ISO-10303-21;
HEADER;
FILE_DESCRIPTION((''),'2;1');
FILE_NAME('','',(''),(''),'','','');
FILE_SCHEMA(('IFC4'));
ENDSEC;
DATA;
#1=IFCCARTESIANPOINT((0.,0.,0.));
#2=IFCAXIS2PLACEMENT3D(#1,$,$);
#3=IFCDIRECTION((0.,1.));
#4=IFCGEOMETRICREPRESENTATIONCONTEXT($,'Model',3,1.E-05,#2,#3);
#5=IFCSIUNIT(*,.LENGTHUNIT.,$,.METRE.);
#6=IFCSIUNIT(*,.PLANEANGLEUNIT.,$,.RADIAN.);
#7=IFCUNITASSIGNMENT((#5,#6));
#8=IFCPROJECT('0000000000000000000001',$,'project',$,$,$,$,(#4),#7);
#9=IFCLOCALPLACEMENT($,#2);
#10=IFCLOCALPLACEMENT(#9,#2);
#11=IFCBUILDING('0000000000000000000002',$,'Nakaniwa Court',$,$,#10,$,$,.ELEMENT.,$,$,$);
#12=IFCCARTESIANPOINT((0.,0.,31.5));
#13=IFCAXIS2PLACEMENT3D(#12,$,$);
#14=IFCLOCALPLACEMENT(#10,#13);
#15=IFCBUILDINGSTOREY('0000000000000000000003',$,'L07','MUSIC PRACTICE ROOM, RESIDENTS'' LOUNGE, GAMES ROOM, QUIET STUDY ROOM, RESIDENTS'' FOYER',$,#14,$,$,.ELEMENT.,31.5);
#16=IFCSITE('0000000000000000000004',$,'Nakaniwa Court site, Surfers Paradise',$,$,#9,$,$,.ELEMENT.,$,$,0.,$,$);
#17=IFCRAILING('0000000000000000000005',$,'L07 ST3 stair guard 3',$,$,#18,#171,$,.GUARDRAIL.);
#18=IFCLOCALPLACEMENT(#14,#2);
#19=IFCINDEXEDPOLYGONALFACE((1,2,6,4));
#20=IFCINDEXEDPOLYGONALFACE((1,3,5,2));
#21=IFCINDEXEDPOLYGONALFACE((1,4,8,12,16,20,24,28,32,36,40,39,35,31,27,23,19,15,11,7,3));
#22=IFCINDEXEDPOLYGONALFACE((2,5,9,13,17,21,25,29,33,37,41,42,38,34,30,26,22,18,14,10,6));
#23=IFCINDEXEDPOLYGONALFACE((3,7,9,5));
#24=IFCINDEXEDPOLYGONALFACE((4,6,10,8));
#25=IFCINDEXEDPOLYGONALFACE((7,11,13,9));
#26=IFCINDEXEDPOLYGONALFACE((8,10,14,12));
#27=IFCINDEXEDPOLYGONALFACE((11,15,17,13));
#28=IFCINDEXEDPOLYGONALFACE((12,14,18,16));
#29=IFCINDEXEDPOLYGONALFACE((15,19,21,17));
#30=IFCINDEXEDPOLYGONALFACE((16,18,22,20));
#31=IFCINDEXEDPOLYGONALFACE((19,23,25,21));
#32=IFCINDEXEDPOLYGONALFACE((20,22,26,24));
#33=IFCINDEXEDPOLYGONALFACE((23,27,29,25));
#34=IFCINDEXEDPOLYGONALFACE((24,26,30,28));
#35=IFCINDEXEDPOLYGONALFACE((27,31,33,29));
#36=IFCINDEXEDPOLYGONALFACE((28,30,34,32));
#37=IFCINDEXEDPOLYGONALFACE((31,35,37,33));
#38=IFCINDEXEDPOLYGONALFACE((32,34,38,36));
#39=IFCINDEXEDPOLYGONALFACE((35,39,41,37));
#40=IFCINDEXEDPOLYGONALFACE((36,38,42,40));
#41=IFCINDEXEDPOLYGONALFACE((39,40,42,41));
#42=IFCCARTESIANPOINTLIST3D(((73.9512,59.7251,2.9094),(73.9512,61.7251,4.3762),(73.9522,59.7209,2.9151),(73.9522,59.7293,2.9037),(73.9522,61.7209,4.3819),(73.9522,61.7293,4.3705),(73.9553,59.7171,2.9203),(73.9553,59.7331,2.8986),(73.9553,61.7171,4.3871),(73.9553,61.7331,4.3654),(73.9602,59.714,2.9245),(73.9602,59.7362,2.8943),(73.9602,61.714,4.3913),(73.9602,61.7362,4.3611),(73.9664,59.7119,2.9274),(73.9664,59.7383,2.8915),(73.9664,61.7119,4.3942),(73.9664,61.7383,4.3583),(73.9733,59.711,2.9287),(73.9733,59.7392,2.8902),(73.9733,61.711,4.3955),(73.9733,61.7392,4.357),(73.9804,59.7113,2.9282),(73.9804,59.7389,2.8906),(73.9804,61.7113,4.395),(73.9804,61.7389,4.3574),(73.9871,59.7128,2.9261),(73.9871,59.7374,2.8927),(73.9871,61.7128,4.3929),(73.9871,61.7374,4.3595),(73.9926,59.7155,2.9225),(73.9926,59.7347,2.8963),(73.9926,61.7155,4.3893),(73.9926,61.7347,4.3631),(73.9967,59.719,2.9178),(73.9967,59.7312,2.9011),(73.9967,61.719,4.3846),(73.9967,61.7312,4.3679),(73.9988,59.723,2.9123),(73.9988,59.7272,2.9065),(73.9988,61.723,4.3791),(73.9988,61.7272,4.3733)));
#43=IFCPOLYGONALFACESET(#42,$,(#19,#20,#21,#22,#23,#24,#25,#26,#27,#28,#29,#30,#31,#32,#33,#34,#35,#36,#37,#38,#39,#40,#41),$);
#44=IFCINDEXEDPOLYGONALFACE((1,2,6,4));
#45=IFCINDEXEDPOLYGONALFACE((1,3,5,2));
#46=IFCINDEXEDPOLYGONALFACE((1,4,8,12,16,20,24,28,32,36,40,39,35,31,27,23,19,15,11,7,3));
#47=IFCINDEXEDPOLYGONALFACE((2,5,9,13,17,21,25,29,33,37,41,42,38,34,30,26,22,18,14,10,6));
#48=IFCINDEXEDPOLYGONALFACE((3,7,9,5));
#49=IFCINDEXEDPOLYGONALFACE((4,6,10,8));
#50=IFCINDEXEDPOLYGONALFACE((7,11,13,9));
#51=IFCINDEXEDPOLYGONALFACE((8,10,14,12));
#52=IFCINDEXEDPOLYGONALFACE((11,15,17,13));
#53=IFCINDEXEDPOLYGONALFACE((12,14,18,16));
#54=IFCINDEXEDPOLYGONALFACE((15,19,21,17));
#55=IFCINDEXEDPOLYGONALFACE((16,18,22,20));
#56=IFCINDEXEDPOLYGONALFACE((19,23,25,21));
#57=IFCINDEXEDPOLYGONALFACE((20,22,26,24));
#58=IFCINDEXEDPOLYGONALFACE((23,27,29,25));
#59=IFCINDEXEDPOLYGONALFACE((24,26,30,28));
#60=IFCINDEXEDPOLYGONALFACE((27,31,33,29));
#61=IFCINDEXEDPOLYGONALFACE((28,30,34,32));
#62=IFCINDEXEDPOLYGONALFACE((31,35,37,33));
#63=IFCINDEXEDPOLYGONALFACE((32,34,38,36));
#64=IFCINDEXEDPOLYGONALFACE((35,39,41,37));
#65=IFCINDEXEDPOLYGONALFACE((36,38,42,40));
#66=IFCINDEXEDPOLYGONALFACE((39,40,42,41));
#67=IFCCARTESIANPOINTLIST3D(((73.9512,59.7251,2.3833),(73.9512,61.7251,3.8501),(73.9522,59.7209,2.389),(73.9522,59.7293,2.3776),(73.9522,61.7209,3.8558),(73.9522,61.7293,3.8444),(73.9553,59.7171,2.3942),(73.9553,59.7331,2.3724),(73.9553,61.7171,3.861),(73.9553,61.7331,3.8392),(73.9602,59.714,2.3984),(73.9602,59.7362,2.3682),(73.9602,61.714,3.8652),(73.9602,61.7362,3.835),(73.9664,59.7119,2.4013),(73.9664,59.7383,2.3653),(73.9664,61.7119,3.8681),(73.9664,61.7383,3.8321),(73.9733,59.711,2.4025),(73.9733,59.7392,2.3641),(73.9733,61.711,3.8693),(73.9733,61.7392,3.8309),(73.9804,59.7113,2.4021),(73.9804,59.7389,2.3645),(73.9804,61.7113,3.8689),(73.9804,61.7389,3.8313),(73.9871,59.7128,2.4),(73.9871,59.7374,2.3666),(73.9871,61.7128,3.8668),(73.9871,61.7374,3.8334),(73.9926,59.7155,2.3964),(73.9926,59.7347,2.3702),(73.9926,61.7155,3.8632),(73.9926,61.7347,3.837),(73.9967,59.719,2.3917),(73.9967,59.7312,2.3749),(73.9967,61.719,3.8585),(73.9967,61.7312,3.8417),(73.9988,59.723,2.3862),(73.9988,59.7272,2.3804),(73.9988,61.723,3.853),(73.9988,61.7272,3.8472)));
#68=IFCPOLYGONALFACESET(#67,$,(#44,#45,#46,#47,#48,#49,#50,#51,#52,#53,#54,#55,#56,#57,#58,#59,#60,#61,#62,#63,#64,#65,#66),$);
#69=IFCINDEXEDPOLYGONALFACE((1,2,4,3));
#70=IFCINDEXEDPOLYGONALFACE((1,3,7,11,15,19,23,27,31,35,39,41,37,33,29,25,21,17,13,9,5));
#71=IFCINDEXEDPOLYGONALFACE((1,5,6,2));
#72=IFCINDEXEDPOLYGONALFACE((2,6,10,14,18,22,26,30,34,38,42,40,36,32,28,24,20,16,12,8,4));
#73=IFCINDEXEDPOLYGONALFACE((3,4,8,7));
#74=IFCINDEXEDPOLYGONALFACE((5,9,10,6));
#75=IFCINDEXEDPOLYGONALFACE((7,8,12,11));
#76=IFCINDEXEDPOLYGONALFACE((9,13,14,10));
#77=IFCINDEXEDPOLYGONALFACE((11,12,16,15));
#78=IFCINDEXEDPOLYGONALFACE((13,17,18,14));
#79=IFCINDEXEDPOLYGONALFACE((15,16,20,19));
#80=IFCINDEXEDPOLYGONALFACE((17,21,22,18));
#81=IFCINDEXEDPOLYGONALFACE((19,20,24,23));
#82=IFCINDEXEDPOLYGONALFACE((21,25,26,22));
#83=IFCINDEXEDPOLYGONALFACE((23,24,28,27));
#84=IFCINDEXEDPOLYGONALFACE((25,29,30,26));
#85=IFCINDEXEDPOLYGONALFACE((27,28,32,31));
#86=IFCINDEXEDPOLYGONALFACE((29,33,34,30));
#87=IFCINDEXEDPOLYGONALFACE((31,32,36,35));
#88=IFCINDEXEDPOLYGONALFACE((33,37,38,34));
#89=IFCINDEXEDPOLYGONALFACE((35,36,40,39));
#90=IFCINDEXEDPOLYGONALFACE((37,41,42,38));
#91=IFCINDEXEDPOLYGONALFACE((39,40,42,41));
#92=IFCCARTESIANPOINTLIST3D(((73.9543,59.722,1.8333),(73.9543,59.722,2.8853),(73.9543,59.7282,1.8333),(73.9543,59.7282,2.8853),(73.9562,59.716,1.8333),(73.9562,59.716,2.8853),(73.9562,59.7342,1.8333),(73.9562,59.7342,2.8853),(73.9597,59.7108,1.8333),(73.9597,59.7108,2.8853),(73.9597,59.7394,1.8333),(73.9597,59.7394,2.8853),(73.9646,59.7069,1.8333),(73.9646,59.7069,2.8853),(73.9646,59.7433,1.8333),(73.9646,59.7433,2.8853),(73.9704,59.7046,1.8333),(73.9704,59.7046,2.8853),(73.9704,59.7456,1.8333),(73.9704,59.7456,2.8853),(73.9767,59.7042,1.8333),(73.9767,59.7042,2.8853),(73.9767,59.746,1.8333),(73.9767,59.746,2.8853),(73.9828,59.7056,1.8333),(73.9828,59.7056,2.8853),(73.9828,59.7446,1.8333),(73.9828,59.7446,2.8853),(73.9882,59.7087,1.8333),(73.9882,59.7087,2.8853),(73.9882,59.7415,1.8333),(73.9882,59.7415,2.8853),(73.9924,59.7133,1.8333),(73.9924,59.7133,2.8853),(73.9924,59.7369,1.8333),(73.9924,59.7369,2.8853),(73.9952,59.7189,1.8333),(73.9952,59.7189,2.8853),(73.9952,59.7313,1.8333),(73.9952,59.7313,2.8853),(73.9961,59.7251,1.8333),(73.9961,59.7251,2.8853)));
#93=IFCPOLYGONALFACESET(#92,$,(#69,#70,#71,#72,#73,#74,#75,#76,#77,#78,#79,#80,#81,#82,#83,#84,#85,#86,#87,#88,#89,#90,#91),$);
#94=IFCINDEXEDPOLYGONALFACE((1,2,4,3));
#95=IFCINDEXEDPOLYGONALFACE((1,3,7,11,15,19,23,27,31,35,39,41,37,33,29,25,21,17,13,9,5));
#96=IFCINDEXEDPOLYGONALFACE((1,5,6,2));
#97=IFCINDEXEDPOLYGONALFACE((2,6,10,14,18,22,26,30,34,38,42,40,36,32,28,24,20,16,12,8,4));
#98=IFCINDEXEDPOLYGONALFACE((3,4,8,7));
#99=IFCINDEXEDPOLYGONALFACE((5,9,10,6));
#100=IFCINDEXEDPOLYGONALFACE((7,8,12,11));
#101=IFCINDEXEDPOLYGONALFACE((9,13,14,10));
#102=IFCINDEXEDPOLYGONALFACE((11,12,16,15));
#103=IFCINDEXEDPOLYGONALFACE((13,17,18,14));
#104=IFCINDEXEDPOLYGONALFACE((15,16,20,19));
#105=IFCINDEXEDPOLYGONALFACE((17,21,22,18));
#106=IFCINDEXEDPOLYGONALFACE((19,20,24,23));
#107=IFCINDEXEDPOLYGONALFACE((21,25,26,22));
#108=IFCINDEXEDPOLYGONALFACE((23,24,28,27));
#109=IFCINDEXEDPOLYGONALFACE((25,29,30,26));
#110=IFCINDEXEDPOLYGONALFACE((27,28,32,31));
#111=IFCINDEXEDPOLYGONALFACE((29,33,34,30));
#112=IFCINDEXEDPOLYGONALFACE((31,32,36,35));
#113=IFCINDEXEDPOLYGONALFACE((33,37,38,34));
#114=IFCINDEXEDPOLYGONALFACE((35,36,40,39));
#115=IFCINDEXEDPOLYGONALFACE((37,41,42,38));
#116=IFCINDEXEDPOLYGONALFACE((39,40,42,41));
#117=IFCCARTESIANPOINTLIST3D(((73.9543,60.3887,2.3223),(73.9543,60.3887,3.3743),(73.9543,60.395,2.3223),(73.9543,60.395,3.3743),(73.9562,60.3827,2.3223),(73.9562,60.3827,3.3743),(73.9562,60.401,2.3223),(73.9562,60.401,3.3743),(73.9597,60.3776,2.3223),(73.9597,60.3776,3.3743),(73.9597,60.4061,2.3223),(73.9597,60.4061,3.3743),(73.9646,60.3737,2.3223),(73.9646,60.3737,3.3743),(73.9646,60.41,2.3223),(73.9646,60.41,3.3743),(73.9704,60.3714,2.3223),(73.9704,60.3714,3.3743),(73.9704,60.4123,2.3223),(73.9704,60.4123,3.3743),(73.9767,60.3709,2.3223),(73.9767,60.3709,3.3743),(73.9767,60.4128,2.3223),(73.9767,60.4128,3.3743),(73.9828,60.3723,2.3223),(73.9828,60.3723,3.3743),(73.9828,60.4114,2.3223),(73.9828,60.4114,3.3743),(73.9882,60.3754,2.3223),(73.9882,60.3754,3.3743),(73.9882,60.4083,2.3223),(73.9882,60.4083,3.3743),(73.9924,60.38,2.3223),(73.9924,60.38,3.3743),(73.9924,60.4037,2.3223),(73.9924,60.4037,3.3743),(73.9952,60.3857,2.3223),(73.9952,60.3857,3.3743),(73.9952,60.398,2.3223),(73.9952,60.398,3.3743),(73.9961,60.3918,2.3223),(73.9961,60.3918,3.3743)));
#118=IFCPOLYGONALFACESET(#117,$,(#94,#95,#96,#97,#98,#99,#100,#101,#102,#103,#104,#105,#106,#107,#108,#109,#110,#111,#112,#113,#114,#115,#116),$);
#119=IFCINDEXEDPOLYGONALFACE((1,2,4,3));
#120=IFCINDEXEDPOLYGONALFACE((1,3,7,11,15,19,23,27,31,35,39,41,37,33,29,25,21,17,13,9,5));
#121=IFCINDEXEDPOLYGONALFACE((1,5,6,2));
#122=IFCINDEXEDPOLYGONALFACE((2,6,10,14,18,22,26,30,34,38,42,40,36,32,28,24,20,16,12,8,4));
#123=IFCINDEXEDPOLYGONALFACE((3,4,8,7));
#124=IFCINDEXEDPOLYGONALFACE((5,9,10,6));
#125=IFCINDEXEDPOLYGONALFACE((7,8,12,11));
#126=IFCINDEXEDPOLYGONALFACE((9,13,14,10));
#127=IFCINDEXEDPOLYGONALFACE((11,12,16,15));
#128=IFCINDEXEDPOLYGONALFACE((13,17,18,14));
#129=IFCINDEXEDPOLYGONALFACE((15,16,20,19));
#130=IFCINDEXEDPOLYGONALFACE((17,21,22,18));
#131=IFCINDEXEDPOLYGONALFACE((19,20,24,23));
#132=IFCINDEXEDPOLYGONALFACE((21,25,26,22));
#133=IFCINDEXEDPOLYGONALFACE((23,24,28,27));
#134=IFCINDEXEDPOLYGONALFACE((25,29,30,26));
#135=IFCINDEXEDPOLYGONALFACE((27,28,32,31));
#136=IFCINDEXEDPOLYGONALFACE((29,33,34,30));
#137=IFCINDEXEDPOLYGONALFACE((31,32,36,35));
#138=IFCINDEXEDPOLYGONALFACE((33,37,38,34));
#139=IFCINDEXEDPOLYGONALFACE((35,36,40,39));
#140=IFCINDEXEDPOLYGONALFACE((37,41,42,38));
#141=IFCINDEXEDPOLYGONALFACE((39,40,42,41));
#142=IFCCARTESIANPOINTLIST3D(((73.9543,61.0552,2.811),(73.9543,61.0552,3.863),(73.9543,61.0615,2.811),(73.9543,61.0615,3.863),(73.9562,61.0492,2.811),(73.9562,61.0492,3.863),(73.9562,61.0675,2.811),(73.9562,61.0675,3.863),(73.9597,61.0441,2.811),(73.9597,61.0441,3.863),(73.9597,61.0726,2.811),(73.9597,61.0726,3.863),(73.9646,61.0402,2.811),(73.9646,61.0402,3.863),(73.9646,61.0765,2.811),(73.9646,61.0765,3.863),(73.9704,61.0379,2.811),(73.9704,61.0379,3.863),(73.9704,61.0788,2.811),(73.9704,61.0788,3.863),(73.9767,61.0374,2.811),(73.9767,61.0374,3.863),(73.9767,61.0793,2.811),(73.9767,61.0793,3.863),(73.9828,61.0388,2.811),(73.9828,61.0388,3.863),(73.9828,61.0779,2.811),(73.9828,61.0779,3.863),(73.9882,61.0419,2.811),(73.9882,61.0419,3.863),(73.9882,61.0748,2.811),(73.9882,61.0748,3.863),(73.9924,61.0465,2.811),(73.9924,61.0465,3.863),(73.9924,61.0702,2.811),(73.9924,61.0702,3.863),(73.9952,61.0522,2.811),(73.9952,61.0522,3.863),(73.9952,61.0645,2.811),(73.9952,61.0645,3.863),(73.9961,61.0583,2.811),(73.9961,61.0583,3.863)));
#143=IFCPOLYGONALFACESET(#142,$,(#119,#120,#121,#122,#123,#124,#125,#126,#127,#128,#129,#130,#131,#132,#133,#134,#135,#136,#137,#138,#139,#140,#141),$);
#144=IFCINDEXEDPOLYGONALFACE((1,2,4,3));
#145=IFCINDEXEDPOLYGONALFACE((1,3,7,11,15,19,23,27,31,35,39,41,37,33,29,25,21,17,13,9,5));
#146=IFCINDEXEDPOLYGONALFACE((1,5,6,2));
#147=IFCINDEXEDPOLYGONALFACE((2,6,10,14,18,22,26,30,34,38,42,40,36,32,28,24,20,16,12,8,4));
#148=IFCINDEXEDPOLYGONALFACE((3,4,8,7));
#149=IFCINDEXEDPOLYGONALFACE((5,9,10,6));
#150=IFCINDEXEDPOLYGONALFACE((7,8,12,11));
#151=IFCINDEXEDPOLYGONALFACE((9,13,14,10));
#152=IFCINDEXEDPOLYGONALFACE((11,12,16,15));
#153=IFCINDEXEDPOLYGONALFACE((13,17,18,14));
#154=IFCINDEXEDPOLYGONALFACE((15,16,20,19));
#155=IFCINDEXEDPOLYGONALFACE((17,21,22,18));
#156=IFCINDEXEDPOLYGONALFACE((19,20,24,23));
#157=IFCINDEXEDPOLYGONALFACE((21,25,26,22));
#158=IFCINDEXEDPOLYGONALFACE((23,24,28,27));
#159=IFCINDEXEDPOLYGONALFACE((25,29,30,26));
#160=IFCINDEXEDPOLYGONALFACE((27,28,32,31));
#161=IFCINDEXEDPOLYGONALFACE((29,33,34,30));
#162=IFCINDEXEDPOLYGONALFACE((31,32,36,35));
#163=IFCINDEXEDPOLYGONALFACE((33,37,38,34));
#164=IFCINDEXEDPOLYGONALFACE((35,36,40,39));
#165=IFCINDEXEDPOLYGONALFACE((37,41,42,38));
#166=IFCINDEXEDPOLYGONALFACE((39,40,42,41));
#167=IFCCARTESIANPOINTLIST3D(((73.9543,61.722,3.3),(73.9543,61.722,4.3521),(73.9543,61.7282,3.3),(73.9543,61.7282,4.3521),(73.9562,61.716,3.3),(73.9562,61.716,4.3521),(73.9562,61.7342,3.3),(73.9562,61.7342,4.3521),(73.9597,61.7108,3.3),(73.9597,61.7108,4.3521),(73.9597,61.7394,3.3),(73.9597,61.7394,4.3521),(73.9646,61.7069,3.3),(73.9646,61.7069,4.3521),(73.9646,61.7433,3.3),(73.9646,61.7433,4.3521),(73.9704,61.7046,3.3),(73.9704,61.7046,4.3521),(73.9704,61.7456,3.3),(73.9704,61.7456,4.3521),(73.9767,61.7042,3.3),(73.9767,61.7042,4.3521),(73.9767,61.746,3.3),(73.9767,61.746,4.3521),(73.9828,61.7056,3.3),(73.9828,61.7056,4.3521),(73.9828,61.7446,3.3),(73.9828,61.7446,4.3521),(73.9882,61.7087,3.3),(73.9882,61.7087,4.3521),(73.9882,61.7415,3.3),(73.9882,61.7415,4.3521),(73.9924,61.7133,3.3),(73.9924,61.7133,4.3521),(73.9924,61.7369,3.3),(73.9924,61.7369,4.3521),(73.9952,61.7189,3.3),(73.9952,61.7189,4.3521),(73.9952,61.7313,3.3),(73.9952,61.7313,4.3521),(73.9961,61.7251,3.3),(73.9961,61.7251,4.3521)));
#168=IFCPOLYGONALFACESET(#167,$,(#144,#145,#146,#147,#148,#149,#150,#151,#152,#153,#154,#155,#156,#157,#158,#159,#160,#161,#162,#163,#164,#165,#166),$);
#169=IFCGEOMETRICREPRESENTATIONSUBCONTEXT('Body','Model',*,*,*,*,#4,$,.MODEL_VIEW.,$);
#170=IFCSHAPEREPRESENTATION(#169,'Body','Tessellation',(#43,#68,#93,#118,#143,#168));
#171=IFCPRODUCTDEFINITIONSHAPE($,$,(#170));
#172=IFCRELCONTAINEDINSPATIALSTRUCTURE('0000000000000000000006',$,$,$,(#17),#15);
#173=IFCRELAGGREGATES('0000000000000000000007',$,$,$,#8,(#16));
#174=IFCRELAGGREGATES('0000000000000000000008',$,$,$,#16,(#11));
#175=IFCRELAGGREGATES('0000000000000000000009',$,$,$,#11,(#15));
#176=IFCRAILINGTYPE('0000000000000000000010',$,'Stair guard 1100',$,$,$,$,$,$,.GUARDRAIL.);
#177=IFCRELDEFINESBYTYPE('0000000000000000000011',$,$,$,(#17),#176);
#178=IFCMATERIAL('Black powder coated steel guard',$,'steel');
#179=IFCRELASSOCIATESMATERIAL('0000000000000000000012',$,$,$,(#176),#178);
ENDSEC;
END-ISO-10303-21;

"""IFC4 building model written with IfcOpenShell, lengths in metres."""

from ifc_helpers import new_model, si_unit, direction, frame, origin, origin_2d, place, context, subcontext, project, spatial, circle, extrude, material, type_object, element, save


model = new_model("IFC4")

# Units and contexts
model_context = context("Model", 3, precision=1e-05, world=origin(), true_north=direction((0.0, 1.0)))
body_context = subcontext(model_context, "Body", "Model", "MODEL_VIEW")
ifc_project = project(units=[si_unit("LENGTHUNIT", "METRE"), si_unit("PLANEANGLEUNIT", "RADIAN")], contexts=[model_context])

# Site, building, storey
site_placement = place(None, origin())
site = spatial("IfcSite", under=ifc_project, at=site_placement, Name="Nakaniwa Court site, Surfers Paradise", CompositionType="ELEMENT", RefElevation=0.0)
building_placement = place(site_placement, origin())
building = spatial("IfcBuilding", under=site, at=building_placement, Name="Nakaniwa Court", CompositionType="ELEMENT")
storey_placement = place(building_placement, frame((0.0, 0.0, 31.5)))
storey = spatial("IfcBuildingStorey", under=building, at=storey_placement, Name="L07", Description="MUSIC PRACTICE ROOM, RESIDENTS' LOUNGE, GAMES ROOM, QUIET STUDY ROOM, RESIDENTS' FOYER", CompositionType="ELEMENT", Elevation=31.5)

# Railing
ifc_material_1 = material(Name="Black powder coated steel guard", Category="steel")
railing_type_1 = type_object("IfcRailingType", Name="Stair guard 1100", PredefinedType="GUARDRAIL", material=ifc_material_1)
railing_1_placement = place(storey_placement, frame((73.9751, 59.7251, 1.8333)))
element("IfcRailing", 1, at=railing_1_placement, inside=storey, type_object=railing_type_1, Name="L07 ST3 stair guard 3", PredefinedType="GUARDRAIL", context=body_context, shape_type="SweptSolid", body=[
    extrude(circle(Radius=0.0239, at=origin_2d()), frame((0.0, 0.0, 1.0762), z_axis=(0.0, 0.80638, 0.591398), x_axis=(-1.0, 0.0, 0.0)), (0.0, 0.0, 1.0), 2.4802),
    extrude(circle(Radius=0.0239, at=origin_2d()), frame((0.0, 0.0, 0.55), z_axis=(0.0, 0.80638, 0.591398), x_axis=(-1.0, 0.0, 0.0)), (0.0, 0.0, 1.0), 2.4802),
    extrude(circle(Radius=0.021, at=origin_2d()), origin(), (0.0, 0.0, 1.0), 1.052),
    extrude(circle(Radius=0.021, at=origin_2d()), frame((0.0, 0.6667, 0.489)), (0.0, 0.0, 1.0), 1.052),
    extrude(circle(Radius=0.021, at=origin_2d()), frame((0.0, 1.3333, 0.9778)), (0.0, 0.0, 1.0), 1.052),
    extrude(circle(Radius=0.021, at=origin_2d()), frame((0.0, 2.0, 1.4668)), (0.0, 0.0, 1.0), 1.052),
])

save(model, "model.ifc")
